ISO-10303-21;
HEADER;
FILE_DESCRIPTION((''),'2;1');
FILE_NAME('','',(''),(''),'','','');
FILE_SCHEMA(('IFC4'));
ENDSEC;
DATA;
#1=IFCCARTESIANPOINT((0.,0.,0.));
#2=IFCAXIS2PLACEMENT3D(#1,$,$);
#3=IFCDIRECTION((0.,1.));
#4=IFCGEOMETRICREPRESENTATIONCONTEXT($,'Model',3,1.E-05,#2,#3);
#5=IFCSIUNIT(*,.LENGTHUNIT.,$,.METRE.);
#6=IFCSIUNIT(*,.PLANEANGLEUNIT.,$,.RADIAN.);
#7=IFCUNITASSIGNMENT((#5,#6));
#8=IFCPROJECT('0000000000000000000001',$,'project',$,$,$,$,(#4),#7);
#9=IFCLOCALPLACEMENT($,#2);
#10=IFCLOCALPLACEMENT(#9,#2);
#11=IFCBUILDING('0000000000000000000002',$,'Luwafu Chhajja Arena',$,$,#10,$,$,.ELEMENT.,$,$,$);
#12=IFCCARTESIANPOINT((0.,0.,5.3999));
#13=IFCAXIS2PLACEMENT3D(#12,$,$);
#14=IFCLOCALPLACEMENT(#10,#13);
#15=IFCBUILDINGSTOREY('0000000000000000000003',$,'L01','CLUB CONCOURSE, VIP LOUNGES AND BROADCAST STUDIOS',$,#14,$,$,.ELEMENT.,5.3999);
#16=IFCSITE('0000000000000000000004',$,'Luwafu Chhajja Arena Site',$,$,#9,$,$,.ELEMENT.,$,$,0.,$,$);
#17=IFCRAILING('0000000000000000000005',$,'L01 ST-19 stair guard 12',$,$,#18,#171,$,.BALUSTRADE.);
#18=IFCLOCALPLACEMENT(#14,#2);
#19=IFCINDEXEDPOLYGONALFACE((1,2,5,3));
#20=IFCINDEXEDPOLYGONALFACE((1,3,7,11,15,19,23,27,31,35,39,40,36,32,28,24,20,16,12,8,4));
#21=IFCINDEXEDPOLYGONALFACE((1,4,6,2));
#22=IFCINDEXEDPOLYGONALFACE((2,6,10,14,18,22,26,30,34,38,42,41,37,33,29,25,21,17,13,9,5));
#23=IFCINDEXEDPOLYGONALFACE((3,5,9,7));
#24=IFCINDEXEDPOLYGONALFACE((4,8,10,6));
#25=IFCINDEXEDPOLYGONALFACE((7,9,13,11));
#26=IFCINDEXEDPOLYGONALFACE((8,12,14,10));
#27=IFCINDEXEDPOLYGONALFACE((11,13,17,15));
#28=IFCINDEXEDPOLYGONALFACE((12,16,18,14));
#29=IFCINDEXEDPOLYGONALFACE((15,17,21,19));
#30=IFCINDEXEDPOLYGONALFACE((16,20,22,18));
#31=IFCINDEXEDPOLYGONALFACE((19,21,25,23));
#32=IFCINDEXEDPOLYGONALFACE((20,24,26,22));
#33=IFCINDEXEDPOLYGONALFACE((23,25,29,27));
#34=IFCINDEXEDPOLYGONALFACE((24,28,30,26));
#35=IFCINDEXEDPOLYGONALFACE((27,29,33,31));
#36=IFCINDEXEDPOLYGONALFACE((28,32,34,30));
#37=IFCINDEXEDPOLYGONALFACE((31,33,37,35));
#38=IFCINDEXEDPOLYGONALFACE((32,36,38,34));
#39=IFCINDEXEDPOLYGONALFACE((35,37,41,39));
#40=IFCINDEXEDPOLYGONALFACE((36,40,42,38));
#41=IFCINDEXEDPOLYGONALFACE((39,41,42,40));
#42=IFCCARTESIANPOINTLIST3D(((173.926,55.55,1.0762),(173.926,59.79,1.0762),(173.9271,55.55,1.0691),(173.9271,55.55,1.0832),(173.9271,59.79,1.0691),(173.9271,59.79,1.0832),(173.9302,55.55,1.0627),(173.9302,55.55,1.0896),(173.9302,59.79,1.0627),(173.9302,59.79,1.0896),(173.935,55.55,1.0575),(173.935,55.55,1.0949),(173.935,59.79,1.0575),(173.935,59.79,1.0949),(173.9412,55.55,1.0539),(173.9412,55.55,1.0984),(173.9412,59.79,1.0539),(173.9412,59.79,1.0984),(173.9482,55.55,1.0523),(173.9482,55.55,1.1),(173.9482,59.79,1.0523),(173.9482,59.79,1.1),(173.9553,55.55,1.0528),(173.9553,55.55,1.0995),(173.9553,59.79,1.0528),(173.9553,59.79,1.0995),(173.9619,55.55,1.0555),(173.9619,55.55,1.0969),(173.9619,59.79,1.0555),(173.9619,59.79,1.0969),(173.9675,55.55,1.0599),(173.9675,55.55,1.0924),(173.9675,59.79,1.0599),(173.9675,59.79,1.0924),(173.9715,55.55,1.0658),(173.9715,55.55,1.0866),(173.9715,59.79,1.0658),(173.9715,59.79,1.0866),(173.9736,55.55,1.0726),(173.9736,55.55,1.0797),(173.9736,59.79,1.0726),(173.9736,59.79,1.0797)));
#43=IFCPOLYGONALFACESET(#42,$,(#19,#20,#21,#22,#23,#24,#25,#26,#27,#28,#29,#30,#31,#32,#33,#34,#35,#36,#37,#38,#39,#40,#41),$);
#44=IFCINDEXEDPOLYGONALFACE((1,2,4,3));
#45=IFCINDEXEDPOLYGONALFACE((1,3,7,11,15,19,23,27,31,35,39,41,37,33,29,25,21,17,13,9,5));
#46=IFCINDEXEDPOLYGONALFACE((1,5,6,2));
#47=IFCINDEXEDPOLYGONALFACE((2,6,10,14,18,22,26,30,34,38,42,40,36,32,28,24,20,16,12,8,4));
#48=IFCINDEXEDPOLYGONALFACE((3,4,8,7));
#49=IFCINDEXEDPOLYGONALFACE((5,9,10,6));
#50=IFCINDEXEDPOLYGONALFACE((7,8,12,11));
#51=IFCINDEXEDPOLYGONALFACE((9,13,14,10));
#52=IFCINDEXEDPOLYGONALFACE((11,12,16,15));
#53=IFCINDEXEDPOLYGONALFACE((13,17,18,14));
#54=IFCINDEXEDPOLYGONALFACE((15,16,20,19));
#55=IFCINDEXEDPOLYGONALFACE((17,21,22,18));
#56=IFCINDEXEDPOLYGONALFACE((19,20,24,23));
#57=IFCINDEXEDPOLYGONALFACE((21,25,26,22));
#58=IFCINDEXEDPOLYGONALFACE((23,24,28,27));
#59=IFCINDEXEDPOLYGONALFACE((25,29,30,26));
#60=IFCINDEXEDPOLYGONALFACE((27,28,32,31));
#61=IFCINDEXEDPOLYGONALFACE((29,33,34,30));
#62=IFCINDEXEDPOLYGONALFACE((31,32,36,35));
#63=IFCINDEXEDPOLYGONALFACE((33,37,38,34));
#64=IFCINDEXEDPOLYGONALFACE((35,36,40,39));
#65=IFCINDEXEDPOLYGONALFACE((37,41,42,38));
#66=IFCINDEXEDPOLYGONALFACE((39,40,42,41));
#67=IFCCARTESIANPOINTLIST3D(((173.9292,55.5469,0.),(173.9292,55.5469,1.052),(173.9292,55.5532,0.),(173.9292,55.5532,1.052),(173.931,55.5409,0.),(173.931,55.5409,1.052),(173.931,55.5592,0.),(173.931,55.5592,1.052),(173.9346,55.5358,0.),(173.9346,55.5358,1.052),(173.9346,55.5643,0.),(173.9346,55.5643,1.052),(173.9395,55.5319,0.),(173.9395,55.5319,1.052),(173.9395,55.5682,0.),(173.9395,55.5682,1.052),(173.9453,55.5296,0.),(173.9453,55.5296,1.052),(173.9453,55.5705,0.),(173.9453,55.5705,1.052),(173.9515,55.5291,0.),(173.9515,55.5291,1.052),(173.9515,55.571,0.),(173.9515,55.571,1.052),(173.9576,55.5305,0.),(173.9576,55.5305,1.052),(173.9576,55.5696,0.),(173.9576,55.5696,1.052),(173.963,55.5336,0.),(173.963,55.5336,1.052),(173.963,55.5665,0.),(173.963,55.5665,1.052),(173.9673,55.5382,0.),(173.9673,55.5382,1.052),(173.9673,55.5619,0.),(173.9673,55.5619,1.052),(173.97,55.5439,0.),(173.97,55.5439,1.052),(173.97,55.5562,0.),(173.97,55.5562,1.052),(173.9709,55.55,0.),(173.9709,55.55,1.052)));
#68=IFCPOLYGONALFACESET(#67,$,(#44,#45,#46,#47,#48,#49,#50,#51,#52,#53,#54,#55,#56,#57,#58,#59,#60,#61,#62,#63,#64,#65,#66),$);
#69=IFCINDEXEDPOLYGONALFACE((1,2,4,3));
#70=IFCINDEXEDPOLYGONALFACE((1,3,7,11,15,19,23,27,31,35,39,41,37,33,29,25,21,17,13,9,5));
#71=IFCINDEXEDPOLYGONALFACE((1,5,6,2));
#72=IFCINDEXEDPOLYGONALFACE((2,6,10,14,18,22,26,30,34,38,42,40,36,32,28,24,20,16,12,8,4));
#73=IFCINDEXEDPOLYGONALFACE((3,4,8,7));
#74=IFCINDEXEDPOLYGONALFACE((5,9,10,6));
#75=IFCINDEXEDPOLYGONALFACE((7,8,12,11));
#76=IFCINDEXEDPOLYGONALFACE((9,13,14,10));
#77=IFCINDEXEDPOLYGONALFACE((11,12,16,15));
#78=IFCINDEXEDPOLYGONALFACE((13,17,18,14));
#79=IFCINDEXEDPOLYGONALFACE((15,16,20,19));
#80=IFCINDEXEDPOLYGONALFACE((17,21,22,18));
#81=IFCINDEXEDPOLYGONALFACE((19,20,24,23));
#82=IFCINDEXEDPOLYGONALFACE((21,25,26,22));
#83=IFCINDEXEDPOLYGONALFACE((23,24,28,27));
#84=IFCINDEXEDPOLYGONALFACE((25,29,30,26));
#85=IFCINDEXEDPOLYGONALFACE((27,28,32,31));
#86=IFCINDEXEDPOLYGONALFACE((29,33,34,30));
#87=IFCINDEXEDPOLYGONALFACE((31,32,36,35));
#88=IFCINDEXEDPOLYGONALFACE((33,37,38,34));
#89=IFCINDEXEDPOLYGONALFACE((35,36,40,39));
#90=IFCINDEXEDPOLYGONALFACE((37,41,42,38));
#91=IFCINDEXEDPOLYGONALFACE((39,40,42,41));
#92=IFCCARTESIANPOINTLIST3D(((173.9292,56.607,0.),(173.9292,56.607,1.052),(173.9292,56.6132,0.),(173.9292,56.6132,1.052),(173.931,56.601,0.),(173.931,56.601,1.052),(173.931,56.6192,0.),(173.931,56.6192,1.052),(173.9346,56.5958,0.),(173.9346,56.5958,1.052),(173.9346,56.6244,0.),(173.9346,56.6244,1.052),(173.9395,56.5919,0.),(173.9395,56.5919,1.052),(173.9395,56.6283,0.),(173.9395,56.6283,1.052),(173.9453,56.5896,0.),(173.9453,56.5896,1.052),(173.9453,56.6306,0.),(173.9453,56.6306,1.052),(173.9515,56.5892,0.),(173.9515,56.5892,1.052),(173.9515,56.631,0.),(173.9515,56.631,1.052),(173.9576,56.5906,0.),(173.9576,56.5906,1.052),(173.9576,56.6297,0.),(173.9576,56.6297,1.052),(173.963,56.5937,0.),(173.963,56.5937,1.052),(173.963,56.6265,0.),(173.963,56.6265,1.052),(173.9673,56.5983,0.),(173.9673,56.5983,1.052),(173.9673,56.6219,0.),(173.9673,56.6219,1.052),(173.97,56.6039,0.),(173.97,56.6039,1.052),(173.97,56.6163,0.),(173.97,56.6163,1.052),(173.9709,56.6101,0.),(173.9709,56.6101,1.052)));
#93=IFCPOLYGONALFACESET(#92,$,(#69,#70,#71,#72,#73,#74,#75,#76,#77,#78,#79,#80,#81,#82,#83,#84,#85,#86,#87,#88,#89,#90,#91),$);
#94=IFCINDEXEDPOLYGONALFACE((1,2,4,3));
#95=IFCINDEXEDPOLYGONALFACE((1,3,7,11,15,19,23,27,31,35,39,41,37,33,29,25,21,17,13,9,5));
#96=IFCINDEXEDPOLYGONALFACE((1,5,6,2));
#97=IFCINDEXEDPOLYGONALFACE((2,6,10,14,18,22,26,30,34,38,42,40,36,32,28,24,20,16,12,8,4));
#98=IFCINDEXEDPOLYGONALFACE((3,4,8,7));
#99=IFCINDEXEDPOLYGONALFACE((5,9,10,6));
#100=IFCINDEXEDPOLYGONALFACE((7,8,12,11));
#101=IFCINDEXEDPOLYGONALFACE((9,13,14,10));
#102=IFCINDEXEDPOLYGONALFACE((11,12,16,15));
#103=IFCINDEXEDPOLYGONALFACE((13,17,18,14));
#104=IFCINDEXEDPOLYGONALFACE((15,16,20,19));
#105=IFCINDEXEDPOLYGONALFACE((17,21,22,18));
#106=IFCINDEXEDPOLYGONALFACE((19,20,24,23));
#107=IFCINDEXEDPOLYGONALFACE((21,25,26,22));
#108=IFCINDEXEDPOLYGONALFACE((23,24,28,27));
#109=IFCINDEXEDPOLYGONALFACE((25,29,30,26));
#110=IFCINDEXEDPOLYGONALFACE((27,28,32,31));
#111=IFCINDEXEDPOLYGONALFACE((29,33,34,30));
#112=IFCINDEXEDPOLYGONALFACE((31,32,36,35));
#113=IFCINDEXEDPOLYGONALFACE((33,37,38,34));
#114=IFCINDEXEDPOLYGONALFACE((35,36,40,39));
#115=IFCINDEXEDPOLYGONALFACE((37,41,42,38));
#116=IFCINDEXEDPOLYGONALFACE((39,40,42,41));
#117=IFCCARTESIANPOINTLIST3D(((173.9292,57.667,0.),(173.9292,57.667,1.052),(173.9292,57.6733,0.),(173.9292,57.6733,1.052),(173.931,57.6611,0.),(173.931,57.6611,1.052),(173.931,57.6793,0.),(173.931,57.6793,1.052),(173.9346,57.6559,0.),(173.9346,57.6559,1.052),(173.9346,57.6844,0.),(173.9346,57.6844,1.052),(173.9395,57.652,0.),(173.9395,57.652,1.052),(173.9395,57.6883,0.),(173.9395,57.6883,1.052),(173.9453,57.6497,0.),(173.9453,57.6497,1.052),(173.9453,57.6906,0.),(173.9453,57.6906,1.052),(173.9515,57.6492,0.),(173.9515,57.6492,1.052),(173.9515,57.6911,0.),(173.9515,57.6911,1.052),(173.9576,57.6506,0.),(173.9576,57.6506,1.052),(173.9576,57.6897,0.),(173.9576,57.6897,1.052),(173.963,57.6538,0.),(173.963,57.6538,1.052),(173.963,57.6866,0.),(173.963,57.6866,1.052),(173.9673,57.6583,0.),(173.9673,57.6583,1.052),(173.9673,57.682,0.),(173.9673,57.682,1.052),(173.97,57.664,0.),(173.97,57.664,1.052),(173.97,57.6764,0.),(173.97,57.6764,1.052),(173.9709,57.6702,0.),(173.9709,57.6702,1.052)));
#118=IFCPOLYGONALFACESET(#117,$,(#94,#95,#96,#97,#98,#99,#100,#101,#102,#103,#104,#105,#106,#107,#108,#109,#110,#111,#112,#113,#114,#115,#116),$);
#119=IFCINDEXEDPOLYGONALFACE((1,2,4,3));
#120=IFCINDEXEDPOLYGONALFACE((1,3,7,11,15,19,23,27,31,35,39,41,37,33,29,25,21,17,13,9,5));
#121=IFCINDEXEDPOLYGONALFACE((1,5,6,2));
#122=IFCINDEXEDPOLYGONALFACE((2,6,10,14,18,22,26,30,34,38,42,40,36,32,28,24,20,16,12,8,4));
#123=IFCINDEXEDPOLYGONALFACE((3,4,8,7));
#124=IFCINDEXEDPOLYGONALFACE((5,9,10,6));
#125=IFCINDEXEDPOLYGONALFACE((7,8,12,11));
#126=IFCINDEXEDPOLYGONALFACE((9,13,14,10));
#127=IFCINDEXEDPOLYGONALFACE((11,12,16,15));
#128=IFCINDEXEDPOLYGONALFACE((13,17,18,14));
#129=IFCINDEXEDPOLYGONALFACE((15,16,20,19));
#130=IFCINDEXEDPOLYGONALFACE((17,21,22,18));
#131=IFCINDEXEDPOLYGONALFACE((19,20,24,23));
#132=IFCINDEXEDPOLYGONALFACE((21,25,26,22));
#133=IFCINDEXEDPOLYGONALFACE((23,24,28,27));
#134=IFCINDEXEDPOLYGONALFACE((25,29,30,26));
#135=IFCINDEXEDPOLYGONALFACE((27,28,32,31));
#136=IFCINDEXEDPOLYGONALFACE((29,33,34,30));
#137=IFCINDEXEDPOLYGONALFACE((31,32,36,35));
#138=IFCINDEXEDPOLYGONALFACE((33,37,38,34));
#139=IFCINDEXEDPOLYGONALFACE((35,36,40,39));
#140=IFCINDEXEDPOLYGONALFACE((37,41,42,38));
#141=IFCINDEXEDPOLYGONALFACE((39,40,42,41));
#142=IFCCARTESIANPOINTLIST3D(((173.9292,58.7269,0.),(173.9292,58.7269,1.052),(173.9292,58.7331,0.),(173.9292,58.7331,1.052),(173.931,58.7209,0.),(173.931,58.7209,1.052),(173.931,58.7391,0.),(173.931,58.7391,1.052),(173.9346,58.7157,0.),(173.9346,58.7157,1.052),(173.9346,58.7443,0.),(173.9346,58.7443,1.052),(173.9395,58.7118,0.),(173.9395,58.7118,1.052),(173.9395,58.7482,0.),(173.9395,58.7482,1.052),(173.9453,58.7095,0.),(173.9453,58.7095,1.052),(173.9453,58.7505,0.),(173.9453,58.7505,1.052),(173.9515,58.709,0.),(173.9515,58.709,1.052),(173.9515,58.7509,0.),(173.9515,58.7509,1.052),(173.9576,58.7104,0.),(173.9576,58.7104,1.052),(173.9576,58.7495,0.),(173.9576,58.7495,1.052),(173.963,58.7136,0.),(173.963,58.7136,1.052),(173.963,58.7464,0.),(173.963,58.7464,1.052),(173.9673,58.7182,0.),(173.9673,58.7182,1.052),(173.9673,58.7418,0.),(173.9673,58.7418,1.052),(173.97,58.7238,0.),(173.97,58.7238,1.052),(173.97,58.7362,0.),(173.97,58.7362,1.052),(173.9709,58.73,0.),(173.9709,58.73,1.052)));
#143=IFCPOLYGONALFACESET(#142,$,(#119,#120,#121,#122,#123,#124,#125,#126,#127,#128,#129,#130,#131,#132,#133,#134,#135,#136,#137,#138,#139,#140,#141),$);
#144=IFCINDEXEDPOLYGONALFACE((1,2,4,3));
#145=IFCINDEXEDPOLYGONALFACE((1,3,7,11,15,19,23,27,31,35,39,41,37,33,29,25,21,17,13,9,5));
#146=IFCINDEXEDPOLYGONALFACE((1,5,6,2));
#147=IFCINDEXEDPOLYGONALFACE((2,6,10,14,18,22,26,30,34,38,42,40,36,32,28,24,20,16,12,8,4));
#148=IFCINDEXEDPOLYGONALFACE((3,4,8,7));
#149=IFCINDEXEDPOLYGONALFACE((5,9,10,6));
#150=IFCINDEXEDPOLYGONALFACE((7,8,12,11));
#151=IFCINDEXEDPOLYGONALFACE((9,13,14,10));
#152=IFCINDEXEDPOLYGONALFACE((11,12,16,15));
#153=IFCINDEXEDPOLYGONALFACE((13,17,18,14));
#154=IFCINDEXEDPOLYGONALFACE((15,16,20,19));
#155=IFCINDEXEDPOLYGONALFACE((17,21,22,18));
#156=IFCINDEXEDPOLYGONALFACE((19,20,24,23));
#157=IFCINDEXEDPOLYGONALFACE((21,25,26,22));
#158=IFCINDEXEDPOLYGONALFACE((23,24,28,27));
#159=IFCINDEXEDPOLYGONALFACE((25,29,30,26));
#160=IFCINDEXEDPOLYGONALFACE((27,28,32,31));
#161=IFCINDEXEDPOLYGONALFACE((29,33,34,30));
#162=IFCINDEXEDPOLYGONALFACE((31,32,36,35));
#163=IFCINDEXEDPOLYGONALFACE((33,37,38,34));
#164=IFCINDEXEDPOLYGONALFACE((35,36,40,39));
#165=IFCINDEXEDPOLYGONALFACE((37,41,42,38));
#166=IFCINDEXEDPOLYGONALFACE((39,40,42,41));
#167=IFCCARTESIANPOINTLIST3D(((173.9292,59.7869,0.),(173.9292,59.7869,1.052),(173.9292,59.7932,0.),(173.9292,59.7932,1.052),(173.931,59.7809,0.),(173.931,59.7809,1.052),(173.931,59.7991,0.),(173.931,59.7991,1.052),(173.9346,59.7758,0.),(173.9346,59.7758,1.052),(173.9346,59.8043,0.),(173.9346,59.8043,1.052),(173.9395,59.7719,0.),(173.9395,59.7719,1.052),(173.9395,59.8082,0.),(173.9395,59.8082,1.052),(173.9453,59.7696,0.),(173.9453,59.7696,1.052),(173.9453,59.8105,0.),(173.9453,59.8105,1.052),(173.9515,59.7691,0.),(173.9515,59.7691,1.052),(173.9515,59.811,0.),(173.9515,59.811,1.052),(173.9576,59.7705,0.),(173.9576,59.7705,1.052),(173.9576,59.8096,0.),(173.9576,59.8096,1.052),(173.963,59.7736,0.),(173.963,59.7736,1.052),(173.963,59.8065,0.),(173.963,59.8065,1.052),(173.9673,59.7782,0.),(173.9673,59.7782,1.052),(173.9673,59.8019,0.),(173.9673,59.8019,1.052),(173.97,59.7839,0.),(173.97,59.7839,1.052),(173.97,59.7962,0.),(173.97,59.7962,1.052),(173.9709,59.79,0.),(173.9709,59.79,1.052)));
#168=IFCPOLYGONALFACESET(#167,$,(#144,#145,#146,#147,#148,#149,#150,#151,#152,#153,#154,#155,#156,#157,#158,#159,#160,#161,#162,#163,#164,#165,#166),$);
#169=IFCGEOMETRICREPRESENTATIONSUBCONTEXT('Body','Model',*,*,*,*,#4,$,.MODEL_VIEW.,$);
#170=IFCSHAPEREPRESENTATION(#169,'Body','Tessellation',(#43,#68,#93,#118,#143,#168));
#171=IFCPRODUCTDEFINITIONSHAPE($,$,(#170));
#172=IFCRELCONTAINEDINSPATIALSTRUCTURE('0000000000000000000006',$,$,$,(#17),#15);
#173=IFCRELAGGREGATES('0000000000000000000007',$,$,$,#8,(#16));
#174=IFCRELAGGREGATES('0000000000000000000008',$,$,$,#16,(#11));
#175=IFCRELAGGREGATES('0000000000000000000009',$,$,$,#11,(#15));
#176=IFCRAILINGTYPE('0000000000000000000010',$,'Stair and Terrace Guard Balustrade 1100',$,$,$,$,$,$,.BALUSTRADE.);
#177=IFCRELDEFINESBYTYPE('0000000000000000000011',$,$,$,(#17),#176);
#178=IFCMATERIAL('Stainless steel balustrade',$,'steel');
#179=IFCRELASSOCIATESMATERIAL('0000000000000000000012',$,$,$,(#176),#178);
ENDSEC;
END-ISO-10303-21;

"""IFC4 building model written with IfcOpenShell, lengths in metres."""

from ifc_helpers import new_model, si_unit, direction, frame, origin, origin_2d, place, context, subcontext, project, spatial, circle, extrude, material, type_object, element, save


model = new_model("IFC4")

# Units and contexts
model_context = context("Model", 3, precision=1e-05, world=origin(), true_north=direction((0.0, 1.0)))
body_context = subcontext(model_context, "Body", "Model", "MODEL_VIEW")
ifc_project = project(units=[si_unit("LENGTHUNIT", "METRE"), si_unit("PLANEANGLEUNIT", "RADIAN")], contexts=[model_context])

# Site, building, storey
site_placement = place(None, origin())
site = spatial("IfcSite", under=ifc_project, at=site_placement, Name="Luwafu Chhajja Arena Site", CompositionType="ELEMENT", RefElevation=0.0)
building_placement = place(site_placement, origin())
building = spatial("IfcBuilding", under=site, at=building_placement, Name="Luwafu Chhajja Arena", CompositionType="ELEMENT")
storey_placement = place(building_placement, frame((0.0, 0.0, 5.3999)))
storey = spatial("IfcBuildingStorey", under=building, at=storey_placement, Name="L01", Description="CLUB CONCOURSE, VIP LOUNGES AND BROADCAST STUDIOS", CompositionType="ELEMENT", Elevation=5.3999)

# Railing
ifc_material_1 = material(Name="Stainless steel balustrade", Category="steel")
railing_type_1 = type_object("IfcRailingType", Name="Stair and Terrace Guard Balustrade 1100", PredefinedType="BALUSTRADE", material=ifc_material_1)
railing_1_placement = place(storey_placement, frame((173.95, 55.55, 0.0)))
element("IfcRailing", 1, at=railing_1_placement, inside=storey, type_object=railing_type_1, Name="L01 ST-19 stair guard 12", PredefinedType="BALUSTRADE", context=body_context, shape_type="SweptSolid", body=[
    extrude(circle(Radius=0.0239, at=origin_2d()), frame((0.0, 0.0, 1.0762), z_axis=(0.0, 1.0, 0.0), x_axis=(-1.0, 0.0, 0.0)), (0.0, 0.0, 1.0), 4.24),
    extrude(circle(Radius=0.021, at=origin_2d()), origin(), (0.0, 0.0, 1.0), 1.052),
    extrude(circle(Radius=0.021, at=origin_2d()), frame((0.0, 1.0601, 0.0)), (0.0, 0.0, 1.0), 1.052),
    extrude(circle(Radius=0.021, at=origin_2d()), frame((0.0, 2.1201, 0.0)), (0.0, 0.0, 1.0), 1.052),
    extrude(circle(Radius=0.021, at=origin_2d()), frame((0.0, 3.1799, 0.0)), (0.0, 0.0, 1.0), 1.052),
    extrude(circle(Radius=0.021, at=origin_2d()), frame((0.0, 4.24, 0.0)), (0.0, 0.0, 1.0), 1.052),
])

save(model, "model.ifc")
